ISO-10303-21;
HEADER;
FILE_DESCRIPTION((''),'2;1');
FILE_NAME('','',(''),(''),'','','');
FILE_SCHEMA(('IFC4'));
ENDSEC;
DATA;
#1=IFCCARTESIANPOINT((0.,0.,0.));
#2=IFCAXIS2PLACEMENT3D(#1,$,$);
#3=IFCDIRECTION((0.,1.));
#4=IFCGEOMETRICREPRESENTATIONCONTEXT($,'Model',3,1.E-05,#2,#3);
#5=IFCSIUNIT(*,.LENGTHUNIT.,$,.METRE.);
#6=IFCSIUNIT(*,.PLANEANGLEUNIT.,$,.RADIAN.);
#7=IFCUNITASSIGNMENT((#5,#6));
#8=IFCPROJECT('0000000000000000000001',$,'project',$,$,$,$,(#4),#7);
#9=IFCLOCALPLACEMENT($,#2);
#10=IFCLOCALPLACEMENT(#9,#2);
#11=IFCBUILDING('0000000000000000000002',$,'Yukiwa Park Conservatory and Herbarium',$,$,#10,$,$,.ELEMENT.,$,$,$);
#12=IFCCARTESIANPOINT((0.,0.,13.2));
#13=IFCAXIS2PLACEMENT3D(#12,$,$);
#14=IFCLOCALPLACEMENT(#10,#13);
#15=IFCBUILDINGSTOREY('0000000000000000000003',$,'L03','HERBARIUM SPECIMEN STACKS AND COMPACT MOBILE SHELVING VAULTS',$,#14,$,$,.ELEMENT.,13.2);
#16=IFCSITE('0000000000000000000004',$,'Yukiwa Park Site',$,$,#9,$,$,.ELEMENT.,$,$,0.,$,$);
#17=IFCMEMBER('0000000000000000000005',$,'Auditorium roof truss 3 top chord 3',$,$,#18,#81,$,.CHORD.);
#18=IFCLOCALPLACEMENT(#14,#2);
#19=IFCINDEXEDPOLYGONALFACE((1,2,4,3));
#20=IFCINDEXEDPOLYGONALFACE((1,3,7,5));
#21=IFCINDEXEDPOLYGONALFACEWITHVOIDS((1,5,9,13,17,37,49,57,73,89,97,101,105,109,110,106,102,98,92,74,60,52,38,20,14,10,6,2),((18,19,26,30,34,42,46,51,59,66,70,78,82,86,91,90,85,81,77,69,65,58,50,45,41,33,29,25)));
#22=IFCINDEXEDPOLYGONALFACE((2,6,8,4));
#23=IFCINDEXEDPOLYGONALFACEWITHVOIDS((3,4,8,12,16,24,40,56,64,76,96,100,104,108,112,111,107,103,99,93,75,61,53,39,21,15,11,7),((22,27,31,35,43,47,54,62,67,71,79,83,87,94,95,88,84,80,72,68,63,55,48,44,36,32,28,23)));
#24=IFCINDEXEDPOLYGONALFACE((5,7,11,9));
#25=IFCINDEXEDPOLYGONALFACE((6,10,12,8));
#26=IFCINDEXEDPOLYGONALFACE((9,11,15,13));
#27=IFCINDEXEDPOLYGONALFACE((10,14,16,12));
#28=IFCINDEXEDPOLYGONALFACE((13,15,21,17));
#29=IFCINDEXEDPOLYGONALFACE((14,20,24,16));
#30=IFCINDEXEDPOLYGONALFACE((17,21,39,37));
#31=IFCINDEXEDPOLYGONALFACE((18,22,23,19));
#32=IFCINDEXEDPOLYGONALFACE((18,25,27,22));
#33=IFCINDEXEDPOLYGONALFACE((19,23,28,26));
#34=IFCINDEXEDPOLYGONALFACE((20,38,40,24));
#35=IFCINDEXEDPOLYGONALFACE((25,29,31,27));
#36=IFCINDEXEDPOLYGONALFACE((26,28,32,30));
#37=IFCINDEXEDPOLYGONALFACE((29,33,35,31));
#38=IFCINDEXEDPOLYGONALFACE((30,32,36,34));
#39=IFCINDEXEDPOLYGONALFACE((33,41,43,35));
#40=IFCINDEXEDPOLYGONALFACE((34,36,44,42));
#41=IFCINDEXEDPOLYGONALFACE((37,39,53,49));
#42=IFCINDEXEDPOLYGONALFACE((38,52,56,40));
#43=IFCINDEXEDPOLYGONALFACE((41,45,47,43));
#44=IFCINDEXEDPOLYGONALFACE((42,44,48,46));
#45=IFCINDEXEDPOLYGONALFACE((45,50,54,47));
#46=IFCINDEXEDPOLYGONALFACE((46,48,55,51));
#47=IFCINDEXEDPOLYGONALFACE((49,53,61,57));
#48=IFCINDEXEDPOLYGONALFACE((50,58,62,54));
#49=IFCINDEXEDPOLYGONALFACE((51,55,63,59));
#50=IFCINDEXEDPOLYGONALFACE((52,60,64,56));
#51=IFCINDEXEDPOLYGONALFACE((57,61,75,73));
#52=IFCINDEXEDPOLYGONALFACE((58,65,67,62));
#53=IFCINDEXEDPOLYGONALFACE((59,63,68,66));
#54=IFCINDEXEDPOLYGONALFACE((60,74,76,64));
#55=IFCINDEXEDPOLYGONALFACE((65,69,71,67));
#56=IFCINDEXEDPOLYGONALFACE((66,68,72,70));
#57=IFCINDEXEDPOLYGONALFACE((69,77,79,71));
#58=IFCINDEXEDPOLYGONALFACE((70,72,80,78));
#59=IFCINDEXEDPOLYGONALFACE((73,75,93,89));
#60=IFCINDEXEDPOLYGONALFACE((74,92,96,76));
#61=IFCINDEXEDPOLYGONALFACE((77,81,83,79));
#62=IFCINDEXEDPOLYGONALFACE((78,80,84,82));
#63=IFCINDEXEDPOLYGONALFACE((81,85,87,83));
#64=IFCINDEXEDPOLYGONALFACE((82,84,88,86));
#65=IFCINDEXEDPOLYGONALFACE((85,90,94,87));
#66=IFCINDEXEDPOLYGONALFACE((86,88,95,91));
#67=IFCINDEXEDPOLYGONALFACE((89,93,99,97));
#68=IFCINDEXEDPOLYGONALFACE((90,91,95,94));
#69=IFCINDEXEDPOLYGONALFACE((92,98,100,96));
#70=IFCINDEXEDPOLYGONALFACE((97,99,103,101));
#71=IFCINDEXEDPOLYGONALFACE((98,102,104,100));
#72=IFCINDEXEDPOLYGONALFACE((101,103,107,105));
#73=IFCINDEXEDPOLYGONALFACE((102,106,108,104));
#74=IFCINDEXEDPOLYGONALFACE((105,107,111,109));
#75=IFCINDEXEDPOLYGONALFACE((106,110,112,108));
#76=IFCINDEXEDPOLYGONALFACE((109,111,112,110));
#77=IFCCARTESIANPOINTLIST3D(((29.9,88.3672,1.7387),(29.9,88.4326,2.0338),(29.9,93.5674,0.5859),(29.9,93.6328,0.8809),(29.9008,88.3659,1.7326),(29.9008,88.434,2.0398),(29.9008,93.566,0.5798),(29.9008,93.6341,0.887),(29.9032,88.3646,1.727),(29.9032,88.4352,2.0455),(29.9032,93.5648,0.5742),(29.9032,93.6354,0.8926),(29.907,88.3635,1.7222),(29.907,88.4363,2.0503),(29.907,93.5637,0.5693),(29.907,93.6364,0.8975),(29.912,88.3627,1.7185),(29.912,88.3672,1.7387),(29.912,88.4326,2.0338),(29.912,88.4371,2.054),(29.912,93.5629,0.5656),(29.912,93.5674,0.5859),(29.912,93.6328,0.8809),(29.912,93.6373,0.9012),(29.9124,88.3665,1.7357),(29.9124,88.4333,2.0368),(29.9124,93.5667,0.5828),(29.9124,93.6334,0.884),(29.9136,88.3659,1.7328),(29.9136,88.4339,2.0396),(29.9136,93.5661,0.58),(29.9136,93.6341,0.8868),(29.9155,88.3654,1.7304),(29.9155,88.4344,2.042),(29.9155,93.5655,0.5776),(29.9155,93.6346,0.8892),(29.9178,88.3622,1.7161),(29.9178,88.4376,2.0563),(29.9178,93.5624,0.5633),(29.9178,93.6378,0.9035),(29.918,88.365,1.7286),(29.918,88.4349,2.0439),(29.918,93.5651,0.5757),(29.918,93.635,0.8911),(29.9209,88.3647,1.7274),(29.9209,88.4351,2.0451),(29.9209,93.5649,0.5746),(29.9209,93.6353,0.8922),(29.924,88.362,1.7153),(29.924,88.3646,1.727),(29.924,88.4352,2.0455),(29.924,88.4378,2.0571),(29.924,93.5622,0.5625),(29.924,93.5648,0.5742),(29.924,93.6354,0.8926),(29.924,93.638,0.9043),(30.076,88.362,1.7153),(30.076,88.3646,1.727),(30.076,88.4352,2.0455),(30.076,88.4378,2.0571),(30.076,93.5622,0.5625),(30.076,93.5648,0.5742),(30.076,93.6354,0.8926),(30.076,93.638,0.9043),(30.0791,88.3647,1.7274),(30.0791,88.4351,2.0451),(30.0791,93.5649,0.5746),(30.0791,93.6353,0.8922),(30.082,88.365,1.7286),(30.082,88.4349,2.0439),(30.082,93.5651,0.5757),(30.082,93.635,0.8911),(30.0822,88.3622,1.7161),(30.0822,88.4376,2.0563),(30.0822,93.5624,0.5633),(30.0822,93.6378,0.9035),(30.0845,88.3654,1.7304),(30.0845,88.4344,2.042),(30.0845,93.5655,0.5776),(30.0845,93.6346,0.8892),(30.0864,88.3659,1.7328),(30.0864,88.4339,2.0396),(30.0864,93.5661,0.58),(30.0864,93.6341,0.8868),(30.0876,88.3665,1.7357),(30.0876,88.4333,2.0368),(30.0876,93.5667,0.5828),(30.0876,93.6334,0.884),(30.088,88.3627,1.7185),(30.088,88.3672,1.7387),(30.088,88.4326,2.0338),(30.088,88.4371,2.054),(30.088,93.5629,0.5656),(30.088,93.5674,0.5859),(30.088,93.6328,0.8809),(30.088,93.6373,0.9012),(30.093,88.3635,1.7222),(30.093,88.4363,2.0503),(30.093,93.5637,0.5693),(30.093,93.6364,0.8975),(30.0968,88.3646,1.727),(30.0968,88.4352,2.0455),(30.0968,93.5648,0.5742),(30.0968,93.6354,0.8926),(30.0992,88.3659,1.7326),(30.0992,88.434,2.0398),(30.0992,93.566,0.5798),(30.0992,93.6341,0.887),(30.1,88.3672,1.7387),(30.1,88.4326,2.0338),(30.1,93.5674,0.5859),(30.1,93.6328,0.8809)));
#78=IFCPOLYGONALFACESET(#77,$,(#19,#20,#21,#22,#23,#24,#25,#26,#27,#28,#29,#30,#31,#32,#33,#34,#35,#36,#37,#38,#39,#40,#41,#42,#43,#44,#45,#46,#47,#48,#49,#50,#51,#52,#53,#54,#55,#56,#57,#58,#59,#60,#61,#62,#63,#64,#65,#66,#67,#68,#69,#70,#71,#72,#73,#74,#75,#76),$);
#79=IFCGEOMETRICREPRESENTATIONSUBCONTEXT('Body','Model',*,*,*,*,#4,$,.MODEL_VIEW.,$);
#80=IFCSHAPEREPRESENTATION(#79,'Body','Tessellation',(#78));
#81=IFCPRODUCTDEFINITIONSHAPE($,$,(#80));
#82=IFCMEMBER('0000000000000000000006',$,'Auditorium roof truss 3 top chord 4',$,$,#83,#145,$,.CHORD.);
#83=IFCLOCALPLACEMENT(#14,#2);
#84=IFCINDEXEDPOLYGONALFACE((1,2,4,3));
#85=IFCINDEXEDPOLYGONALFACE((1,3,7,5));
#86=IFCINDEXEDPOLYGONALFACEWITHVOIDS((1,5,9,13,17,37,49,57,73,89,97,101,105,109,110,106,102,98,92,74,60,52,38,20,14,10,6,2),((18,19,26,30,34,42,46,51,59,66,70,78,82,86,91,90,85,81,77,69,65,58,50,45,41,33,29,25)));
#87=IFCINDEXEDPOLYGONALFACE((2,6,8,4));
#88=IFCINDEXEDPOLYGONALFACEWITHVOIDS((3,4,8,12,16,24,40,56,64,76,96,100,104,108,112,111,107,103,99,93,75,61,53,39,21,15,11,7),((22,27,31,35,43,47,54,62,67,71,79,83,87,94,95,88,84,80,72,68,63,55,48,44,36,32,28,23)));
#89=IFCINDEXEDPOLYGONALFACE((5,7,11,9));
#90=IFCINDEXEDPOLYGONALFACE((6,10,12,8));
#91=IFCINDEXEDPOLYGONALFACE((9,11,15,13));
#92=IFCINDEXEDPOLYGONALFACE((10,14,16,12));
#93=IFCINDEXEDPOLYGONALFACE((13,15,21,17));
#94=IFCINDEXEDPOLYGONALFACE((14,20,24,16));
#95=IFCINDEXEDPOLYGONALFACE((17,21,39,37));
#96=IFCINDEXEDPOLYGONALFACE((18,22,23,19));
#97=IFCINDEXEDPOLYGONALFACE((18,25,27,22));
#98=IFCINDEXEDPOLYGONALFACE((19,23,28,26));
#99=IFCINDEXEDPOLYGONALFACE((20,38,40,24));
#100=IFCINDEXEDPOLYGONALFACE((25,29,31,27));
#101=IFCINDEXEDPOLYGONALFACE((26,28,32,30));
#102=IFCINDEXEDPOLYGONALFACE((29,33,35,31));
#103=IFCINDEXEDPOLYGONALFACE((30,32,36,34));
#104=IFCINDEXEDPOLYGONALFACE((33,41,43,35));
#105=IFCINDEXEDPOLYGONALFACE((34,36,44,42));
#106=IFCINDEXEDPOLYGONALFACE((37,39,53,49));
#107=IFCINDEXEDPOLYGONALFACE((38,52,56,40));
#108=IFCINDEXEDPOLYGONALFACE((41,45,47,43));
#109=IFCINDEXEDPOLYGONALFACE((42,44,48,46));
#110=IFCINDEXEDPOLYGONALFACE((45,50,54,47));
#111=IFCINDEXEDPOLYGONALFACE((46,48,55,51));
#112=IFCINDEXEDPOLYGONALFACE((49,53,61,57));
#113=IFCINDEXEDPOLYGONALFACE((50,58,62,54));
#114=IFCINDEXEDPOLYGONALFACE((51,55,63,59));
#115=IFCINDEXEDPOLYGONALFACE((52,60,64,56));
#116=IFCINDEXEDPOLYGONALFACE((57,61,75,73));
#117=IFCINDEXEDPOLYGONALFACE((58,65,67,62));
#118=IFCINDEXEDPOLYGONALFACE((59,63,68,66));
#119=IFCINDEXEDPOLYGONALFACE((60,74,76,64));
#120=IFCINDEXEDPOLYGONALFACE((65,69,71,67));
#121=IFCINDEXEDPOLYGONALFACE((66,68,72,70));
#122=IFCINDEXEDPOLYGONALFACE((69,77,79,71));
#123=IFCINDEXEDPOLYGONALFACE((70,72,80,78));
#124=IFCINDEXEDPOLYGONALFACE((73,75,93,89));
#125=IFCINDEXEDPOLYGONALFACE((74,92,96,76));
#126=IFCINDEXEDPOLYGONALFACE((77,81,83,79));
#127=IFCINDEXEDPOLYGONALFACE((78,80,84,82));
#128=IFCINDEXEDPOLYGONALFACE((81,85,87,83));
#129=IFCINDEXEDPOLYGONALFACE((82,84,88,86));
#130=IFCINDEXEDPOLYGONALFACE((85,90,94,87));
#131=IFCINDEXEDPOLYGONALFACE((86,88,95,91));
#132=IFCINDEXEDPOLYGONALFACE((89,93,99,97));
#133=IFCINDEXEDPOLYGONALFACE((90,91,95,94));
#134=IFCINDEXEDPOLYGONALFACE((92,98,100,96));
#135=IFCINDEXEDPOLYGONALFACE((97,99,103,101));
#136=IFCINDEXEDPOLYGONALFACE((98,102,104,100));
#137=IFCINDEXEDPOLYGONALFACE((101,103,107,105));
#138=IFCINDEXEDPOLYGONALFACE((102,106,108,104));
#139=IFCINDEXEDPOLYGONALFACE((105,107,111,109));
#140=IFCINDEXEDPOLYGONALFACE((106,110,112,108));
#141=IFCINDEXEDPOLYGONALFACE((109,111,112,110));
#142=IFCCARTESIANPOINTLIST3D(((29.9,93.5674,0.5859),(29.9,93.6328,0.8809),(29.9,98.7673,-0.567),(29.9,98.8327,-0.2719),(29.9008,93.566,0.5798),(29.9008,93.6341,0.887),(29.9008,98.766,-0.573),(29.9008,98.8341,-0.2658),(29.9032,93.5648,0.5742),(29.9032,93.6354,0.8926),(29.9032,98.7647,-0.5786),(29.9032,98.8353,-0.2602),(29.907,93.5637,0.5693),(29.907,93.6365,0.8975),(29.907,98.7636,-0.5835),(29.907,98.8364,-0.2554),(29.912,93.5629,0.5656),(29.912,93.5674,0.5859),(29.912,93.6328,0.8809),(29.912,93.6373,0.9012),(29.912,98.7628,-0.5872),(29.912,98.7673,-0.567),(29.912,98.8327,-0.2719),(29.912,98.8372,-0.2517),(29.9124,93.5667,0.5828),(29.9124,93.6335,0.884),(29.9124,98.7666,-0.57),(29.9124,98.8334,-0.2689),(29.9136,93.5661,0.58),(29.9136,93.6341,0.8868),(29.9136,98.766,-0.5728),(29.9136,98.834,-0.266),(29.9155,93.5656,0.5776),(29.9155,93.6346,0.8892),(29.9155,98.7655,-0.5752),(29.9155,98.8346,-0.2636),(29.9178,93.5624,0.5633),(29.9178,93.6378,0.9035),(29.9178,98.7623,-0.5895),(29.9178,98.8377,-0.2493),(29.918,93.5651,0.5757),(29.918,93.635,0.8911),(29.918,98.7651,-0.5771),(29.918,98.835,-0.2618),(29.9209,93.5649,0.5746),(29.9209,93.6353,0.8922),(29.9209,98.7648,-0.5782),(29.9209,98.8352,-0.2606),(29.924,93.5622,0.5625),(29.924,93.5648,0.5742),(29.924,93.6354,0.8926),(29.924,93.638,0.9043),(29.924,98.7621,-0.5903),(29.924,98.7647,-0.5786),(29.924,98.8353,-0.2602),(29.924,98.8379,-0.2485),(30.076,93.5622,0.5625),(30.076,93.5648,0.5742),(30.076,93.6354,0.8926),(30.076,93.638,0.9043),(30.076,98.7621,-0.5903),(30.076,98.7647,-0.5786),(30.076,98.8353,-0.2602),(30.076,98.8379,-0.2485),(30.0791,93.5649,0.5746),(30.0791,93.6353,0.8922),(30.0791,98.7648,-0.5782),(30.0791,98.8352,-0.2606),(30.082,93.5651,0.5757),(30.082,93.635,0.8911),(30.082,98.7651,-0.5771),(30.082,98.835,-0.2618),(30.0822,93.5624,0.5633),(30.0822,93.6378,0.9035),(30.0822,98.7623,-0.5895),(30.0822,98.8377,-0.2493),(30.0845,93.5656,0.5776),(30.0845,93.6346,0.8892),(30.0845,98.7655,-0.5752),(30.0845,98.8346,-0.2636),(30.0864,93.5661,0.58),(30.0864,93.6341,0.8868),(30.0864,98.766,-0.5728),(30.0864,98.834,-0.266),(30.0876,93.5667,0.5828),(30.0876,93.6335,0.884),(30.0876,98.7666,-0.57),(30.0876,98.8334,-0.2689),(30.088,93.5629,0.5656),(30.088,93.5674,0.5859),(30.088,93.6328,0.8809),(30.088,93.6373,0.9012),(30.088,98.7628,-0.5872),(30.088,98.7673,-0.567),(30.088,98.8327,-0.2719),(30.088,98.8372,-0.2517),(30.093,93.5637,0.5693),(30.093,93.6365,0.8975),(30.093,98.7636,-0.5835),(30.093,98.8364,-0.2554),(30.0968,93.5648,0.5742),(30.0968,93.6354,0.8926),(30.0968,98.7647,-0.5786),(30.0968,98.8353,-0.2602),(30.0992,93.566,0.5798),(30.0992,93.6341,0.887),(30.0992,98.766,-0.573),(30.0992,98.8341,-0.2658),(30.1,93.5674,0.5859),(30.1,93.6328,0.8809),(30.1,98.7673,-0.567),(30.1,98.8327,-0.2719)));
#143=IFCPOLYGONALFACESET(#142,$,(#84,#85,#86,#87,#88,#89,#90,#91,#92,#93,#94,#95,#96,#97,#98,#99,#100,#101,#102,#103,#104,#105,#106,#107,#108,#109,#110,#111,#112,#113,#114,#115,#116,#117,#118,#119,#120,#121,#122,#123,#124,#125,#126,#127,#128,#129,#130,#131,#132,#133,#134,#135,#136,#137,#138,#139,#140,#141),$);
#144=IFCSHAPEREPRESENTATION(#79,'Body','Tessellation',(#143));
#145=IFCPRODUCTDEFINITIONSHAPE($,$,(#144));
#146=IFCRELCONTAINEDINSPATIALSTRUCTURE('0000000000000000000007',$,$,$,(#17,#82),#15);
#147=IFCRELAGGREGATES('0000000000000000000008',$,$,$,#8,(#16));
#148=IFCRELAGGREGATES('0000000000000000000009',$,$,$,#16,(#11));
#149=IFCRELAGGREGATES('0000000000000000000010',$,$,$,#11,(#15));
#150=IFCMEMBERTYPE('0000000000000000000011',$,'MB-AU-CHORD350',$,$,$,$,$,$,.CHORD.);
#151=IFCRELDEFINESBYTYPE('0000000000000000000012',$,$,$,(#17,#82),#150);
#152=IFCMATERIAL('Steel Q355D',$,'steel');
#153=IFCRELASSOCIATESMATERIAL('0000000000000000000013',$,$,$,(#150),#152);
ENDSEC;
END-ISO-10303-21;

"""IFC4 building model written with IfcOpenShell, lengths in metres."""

from ifc_helpers import new_model, si_unit, direction, frame, origin, origin_2d, place, context, subcontext, project, spatial, hollow_rectangle, extrude, material, material_profile, profile_set, type_object, element, save


model = new_model("IFC4")

# Units and contexts
model_context = context("Model", 3, precision=1e-05, world=origin(), true_north=direction((0.0, 1.0)))
body_context = subcontext(model_context, "Body", "Model", "MODEL_VIEW")
ifc_project = project(units=[si_unit("LENGTHUNIT", "METRE"), si_unit("PLANEANGLEUNIT", "RADIAN")], contexts=[model_context])

# Site, building, storey
site_placement = place(None, origin())
site = spatial("IfcSite", under=ifc_project, at=site_placement, Name="Yukiwa Park Site", CompositionType="ELEMENT", RefElevation=0.0)
building_placement = place(site_placement, origin())
building = spatial("IfcBuilding", under=site, at=building_placement, Name="Yukiwa Park Conservatory and Herbarium", CompositionType="ELEMENT")
storey_placement = place(building_placement, frame((0.0, 0.0, 13.2)))
storey = spatial("IfcBuildingStorey", under=building, at=storey_placement, Name="L03", Description="HERBARIUM SPECIMEN STACKS AND COMPACT MOBILE SHELVING VAULTS", CompositionType="ELEMENT", Elevation=13.2)

# Members
ifc_material_1 = material(Name="Steel Q355D", Category="steel")
ifc_material_profile_1 = material_profile(ifc_material_1, hollow_rectangle(XDim=0.2, YDim=0.3501, WallThickness=0.012, InnerFilletRadius=0.012, OuterFilletRadius=0.0239, at=origin_2d()), Name="RHS 350x200x12")
ifc_profile_set_1 = profile_set([ifc_material_profile_1], Name="Steel Q355D")
member_type_1 = type_object("IfcMemberType", Name="MB-AU-CHORD350", PredefinedType="CHORD", material=ifc_profile_set_1)
member_1_placement = place(storey_placement, frame((30.0, 88.3999, 1.8862), z_axis=(0.0, 0.976297, -0.216435), x_axis=(-1.0, 0.0, 0.0)))
element("IfcMember", 1, at=member_1_placement, inside=storey, type_object=member_type_1, Name="Auditorium roof truss 3 top chord 3", PredefinedType="CHORD", context=body_context, shape_type="SweptSolid", body=[
    extrude(hollow_rectangle(XDim=0.2, YDim=0.3501, WallThickness=0.012, InnerFilletRadius=0.012, OuterFilletRadius=0.0239, at=origin_2d()), origin(), (0.0, 0.0, 1.0), 5.3264),
])
member_2_placement = place(storey_placement, frame((30.0, 93.6001, 0.7334), z_axis=(0.0, 0.976295, -0.216445), x_axis=(-1.0, 0.0, 0.0)))
element("IfcMember", 2, at=member_2_placement, inside=storey, type_object=member_type_1, Name="Auditorium roof truss 3 top chord 4", PredefinedType="CHORD", context=body_context, shape_type="SweptSolid", body=[
    extrude(hollow_rectangle(XDim=0.2, YDim=0.3501, WallThickness=0.012, InnerFilletRadius=0.012, OuterFilletRadius=0.0239, at=origin_2d()), origin(), (0.0, 0.0, 1.0), 5.3262),
])

save(model, "model.ifc")
